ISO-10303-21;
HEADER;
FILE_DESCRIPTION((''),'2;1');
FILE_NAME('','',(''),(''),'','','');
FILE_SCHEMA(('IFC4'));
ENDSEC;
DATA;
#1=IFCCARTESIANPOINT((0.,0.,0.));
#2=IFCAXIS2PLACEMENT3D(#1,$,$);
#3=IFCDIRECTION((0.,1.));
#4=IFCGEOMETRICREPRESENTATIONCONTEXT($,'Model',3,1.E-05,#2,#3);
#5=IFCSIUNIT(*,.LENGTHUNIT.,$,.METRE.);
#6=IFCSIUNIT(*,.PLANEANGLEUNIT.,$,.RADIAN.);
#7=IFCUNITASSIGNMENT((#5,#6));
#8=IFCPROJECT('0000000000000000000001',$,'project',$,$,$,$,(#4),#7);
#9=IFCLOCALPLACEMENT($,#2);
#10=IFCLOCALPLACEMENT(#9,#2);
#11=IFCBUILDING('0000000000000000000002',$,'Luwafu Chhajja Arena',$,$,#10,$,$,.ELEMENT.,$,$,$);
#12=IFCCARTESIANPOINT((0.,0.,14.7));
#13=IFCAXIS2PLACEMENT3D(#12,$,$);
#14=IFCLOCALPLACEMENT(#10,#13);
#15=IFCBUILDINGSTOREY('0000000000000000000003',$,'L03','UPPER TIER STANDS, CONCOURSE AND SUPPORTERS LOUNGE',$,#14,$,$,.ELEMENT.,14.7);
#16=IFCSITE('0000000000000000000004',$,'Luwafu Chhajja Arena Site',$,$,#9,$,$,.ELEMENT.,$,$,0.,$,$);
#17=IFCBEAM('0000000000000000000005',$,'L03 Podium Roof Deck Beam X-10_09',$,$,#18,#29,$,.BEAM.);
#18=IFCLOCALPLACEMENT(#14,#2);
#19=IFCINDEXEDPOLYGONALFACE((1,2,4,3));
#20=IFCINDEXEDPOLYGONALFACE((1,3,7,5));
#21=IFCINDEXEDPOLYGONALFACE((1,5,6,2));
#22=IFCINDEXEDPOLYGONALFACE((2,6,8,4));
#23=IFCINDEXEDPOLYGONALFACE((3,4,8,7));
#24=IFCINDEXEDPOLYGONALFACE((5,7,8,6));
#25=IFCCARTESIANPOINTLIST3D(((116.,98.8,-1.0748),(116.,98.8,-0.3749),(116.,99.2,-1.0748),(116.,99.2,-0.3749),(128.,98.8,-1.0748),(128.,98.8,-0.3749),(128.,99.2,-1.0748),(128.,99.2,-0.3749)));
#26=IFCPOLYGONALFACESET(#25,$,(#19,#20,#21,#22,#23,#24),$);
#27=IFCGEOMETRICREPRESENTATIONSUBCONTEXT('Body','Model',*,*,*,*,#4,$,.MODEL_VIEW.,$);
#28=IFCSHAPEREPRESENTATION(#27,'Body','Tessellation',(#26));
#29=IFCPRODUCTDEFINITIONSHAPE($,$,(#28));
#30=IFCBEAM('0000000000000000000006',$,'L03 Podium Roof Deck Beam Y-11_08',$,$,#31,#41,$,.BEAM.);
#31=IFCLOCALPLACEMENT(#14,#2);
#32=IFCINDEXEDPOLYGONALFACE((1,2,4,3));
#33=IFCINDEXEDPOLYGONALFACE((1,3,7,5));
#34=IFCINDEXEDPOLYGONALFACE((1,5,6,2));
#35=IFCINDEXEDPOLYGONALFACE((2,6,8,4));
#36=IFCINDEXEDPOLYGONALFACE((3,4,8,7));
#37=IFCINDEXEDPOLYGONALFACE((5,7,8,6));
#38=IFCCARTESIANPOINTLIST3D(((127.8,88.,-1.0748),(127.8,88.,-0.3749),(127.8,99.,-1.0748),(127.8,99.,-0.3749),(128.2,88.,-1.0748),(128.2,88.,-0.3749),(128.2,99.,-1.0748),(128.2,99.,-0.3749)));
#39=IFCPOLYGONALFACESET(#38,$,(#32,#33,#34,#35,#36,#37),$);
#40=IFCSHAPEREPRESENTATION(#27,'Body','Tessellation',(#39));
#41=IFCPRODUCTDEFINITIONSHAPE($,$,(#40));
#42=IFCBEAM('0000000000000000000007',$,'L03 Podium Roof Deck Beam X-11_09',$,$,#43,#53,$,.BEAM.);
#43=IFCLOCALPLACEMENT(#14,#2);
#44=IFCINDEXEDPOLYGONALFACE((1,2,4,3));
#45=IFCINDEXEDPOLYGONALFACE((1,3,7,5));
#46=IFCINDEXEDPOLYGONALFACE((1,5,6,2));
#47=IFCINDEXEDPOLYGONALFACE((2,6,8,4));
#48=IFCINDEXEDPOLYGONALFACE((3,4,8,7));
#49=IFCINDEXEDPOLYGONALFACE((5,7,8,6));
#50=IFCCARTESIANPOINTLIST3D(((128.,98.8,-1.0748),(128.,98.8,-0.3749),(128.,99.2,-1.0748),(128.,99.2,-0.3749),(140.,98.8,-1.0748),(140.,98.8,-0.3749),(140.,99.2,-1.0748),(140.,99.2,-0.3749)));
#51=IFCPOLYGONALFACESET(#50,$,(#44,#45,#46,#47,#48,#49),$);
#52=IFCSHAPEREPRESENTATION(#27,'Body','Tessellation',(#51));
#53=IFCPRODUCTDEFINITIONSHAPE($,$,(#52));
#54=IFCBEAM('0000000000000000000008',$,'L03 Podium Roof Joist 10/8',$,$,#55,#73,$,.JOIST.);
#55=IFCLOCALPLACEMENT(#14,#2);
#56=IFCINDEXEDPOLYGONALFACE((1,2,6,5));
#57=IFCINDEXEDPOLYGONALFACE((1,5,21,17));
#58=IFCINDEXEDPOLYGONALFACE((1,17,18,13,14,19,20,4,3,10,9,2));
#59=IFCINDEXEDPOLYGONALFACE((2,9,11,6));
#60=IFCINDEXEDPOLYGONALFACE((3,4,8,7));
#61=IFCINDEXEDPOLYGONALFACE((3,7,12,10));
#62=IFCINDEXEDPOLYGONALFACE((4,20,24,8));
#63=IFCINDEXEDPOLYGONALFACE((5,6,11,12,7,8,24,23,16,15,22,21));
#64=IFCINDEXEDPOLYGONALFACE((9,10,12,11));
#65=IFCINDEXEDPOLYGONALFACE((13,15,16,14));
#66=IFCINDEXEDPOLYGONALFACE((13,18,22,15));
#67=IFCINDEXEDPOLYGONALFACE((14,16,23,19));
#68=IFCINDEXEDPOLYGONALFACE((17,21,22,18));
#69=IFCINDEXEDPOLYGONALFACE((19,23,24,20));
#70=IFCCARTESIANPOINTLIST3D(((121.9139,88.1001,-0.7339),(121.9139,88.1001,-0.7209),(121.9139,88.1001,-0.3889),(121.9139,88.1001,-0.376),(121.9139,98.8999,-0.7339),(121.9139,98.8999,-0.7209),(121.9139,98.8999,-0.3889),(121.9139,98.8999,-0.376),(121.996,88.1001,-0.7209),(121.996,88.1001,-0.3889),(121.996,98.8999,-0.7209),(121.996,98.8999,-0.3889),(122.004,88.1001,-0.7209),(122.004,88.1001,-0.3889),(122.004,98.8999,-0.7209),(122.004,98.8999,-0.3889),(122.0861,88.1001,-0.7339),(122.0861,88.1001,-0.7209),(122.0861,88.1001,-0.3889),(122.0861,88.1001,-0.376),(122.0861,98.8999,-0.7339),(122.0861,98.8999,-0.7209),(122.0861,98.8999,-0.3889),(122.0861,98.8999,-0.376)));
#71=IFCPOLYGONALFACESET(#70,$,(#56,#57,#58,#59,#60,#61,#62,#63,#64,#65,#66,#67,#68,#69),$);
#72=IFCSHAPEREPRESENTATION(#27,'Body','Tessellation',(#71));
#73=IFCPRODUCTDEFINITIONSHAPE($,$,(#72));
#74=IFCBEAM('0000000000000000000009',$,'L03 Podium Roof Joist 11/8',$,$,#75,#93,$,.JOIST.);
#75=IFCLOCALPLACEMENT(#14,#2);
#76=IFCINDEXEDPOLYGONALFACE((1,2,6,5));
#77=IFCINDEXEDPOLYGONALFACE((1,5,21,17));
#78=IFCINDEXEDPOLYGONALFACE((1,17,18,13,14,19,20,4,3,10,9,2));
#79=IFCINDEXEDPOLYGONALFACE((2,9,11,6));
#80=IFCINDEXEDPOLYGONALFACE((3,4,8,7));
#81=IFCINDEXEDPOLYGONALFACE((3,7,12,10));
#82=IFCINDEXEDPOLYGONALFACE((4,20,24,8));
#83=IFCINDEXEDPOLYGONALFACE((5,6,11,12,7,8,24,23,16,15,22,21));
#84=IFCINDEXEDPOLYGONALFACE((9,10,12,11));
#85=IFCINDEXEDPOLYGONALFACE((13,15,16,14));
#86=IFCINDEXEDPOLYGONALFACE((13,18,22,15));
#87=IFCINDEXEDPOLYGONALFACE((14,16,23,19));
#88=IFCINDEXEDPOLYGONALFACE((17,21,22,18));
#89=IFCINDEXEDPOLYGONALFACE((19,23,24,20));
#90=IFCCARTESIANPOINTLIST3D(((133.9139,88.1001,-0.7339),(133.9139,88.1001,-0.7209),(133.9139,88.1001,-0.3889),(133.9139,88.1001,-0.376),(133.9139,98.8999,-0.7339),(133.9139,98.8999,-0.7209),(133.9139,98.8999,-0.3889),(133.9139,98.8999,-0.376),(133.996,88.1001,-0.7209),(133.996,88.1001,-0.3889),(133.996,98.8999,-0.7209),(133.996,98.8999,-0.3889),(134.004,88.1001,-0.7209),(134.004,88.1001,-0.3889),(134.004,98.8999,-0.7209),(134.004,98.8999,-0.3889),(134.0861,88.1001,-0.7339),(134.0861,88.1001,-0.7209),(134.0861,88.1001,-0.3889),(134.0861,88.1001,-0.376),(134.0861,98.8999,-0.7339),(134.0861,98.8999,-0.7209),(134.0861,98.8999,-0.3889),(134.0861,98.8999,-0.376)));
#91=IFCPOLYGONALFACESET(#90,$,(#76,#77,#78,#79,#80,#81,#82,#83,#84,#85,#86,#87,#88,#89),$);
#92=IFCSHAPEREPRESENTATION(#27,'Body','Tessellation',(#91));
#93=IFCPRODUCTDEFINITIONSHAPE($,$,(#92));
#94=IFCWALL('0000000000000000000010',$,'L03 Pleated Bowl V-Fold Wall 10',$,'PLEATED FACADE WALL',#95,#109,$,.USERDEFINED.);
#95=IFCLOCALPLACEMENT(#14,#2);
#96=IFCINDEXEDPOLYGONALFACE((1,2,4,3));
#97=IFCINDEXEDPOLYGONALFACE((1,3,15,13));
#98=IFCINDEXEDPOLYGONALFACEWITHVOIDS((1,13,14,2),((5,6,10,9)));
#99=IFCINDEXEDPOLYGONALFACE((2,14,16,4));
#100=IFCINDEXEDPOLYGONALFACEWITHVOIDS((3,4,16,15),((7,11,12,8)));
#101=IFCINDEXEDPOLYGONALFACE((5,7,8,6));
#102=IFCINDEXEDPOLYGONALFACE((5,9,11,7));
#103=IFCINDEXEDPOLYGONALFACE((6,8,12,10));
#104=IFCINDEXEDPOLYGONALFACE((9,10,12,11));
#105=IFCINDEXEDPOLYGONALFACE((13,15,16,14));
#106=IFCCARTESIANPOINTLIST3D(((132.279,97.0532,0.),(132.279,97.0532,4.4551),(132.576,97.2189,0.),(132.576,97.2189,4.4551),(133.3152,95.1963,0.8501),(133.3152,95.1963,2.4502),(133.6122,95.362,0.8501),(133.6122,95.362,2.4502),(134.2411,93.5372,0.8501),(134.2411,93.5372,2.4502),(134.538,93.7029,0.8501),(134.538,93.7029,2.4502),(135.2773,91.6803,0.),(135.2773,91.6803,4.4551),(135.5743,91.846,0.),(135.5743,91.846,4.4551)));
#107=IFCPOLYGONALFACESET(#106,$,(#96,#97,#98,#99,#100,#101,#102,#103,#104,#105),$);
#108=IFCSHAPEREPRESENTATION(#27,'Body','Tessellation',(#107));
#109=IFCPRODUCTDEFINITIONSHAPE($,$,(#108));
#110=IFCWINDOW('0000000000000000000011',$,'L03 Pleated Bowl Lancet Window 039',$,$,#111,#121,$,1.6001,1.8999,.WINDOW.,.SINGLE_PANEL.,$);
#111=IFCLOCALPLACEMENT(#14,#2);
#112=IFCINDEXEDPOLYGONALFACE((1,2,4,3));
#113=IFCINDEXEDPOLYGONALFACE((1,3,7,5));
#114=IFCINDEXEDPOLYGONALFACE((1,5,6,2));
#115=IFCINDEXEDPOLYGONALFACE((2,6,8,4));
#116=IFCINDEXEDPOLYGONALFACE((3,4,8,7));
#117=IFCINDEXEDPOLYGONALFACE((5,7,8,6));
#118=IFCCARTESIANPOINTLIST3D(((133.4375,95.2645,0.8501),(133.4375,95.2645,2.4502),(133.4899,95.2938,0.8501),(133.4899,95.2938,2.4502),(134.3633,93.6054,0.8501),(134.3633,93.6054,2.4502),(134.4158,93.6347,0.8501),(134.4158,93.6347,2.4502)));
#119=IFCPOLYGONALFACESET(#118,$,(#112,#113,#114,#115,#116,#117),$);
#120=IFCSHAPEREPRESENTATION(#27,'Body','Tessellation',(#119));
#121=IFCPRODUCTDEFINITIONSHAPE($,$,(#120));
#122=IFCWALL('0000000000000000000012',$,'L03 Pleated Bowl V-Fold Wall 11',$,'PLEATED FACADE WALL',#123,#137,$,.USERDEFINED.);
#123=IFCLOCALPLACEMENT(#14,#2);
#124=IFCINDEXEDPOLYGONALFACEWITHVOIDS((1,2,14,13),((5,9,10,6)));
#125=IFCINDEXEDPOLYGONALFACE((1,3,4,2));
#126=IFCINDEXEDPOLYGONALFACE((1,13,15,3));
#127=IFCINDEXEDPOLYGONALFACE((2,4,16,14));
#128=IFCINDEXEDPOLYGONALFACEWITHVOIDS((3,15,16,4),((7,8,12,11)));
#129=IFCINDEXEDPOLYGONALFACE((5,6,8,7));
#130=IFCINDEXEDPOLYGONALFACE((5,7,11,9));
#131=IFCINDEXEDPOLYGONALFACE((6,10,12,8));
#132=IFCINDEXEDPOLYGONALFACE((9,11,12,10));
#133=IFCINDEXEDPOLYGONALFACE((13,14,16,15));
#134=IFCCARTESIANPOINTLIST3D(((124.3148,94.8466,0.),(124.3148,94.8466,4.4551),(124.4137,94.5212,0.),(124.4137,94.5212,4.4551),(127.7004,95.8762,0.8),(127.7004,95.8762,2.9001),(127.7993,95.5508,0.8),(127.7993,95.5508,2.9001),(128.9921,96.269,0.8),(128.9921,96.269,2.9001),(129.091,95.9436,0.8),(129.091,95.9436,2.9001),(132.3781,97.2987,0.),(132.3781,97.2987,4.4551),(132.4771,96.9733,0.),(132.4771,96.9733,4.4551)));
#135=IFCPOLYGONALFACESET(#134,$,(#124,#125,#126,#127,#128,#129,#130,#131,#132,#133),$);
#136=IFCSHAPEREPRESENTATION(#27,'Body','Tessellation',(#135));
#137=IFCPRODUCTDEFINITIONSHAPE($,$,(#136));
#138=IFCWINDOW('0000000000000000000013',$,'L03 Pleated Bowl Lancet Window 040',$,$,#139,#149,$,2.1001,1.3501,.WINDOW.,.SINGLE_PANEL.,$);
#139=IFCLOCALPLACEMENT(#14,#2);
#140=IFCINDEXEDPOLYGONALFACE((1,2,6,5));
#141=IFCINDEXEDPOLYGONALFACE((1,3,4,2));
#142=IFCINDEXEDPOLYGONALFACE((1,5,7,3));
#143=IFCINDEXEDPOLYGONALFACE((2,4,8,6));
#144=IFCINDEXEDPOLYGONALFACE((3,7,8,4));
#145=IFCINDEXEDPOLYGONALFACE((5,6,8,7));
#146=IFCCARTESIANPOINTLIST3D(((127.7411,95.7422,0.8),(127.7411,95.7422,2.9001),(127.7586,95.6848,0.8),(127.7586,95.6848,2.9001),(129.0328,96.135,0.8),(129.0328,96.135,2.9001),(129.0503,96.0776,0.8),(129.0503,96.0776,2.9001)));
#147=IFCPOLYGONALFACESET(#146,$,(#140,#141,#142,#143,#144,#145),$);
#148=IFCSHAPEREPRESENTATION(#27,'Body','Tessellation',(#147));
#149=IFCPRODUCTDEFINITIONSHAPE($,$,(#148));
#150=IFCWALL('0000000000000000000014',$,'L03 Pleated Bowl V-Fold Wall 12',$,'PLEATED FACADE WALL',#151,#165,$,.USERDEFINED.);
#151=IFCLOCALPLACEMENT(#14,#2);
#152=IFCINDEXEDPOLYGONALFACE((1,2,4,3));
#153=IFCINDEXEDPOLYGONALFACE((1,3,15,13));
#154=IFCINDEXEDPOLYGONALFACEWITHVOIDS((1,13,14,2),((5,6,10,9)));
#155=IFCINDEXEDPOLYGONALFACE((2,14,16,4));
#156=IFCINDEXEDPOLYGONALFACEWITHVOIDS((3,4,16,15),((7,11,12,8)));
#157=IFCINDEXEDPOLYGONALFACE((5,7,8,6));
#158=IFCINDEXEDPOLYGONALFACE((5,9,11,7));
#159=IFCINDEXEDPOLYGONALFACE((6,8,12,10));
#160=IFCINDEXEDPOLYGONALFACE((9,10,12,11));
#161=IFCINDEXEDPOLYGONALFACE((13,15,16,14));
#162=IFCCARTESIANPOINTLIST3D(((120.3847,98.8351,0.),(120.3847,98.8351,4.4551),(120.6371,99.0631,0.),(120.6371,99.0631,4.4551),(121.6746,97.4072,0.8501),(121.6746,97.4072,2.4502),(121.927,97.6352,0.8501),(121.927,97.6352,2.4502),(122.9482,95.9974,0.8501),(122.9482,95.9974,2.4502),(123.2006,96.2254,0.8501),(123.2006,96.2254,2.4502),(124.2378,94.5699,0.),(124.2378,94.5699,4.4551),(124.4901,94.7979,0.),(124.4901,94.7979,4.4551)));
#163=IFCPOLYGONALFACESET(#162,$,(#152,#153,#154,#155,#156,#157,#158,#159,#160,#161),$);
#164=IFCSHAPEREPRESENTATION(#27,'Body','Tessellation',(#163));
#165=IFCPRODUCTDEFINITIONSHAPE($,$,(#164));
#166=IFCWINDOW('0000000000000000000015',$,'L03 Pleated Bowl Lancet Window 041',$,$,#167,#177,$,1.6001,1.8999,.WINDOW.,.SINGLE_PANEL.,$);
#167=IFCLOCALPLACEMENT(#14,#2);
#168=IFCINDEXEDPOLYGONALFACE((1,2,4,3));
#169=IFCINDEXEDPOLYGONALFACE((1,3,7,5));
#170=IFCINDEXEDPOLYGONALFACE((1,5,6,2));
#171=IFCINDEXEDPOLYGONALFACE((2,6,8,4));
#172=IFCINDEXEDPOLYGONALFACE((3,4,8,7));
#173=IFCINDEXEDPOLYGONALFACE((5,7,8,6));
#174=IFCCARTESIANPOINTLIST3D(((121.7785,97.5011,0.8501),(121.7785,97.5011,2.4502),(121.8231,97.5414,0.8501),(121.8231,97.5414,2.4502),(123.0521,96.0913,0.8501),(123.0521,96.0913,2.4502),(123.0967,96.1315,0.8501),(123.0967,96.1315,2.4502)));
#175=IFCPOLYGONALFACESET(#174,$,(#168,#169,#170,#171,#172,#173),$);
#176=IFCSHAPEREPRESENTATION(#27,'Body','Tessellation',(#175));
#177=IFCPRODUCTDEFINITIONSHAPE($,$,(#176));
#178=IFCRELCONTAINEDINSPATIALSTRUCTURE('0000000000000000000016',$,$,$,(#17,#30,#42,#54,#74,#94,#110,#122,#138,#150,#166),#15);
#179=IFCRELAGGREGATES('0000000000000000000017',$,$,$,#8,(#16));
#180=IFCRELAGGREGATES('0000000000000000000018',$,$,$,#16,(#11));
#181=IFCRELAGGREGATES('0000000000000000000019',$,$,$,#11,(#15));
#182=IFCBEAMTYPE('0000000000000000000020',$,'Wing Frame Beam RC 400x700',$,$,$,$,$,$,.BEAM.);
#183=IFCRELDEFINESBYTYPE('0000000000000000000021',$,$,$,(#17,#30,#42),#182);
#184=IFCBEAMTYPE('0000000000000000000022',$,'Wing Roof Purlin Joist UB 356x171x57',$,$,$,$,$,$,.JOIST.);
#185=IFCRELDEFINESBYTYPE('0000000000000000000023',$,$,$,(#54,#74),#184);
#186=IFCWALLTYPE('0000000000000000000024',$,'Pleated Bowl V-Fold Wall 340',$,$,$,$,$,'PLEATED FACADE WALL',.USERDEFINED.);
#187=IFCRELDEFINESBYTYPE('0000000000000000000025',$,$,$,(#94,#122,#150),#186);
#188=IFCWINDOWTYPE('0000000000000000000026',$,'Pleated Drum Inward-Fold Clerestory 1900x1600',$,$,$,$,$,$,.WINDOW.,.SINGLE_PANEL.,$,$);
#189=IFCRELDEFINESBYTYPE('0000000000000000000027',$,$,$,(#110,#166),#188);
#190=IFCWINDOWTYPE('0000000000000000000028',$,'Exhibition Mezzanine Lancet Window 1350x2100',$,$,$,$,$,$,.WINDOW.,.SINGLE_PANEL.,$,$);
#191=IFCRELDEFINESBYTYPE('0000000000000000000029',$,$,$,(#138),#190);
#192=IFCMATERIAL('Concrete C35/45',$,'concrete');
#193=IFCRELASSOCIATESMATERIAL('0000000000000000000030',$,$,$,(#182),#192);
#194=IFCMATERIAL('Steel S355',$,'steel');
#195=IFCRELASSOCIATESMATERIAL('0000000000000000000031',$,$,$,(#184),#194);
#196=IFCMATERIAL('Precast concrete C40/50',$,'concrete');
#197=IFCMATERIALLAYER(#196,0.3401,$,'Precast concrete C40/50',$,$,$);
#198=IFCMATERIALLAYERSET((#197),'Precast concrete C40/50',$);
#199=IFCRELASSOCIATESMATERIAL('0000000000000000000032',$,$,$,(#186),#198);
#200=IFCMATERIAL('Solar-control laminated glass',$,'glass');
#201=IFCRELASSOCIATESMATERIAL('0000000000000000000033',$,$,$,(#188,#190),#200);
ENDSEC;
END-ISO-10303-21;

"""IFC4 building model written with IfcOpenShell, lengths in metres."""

from ifc_helpers import new_model, si_unit, direction, frame, frame_2d, origin, origin_2d, place, context, subcontext, project, spatial, rectangle, i_section, extrude, material, layer, layer_set, material_profile, profile_set, type_object, element, fill, save


model = new_model("IFC4")

# Units and contexts
model_context = context("Model", 3, precision=1e-05, world=origin(), true_north=direction((0.0, 1.0)))
body_context = subcontext(model_context, "Body", "Model", "MODEL_VIEW")
ifc_project = project(units=[si_unit("LENGTHUNIT", "METRE"), si_unit("PLANEANGLEUNIT", "RADIAN")], contexts=[model_context])

# Site, building, storey
site_placement = place(None, origin())
site = spatial("IfcSite", under=ifc_project, at=site_placement, Name="Luwafu Chhajja Arena Site", CompositionType="ELEMENT", RefElevation=0.0)
building_placement = place(site_placement, origin())
building = spatial("IfcBuilding", under=site, at=building_placement, Name="Luwafu Chhajja Arena", CompositionType="ELEMENT")
storey_placement = place(building_placement, frame((0.0, 0.0, 14.7)))
storey = spatial("IfcBuildingStorey", under=building, at=storey_placement, Name="L03", Description="UPPER TIER STANDS, CONCOURSE AND SUPPORTERS LOUNGE", CompositionType="ELEMENT", Elevation=14.7)

# Shared definitions
ifc_material_1 = material(Name="Steel S355", Category="steel")

# Beams
ifc_material_2 = material(Name="Concrete C35/45", Category="concrete")
ifc_material_profile_1 = material_profile(ifc_material_2, rectangle(XDim=0.3999, YDim=0.7, at=origin_2d()), Name="RC 400x700")
ifc_profile_set_1 = profile_set([ifc_material_profile_1], Name="Concrete C35/45")
beam_type_1 = type_object("IfcBeamType", Name="Wing Frame Beam RC 400x700", PredefinedType="BEAM", material=ifc_profile_set_1)
beam_1_placement = place(storey_placement, frame((116.0, 99.0, -0.7249), z_axis=(1.0, 0.0, 0.0), x_axis=(0.0, 1.0, 0.0)))
element("IfcBeam", 1, at=beam_1_placement, inside=storey, type_object=beam_type_1, Name="L03 Podium Roof Deck Beam X-10_09", PredefinedType="BEAM", context=body_context, shape_type="SweptSolid", body=[
    extrude(rectangle(XDim=0.3999, YDim=0.7, at=origin_2d()), origin(), (0.0, 0.0, 1.0), 12.0),
])
beam_2_placement = place(storey_placement, frame((128.0, 88.0, -0.7249), z_axis=(0.0, 1.0, 0.0), x_axis=(-1.0, 0.0, 0.0)))
element("IfcBeam", 2, at=beam_2_placement, inside=storey, type_object=beam_type_1, Name="L03 Podium Roof Deck Beam Y-11_08", PredefinedType="BEAM", context=body_context, shape_type="SweptSolid", body=[
    extrude(rectangle(XDim=0.3999, YDim=0.7, at=origin_2d()), origin(), (0.0, 0.0, 1.0), 11.0),
])
beam_3_placement = place(storey_placement, frame((128.0, 99.0, -0.7249), z_axis=(1.0, 0.0, 0.0), x_axis=(0.0, 1.0, 0.0)))
element("IfcBeam", 3, at=beam_3_placement, inside=storey, type_object=beam_type_1, Name="L03 Podium Roof Deck Beam X-11_09", PredefinedType="BEAM", context=body_context, shape_type="SweptSolid", body=[
    extrude(rectangle(XDim=0.3999, YDim=0.7, at=origin_2d()), origin(), (0.0, 0.0, 1.0), 12.0),
])
ifc_material_profile_2 = material_profile(ifc_material_1, i_section(OverallWidth=0.1721, OverallDepth=0.3579, WebThickness=0.0081, FlangeThickness=0.0129, at=origin_2d()), Name="UB 356x171x57")
ifc_profile_set_2 = profile_set([ifc_material_profile_2], Name="Steel S355")
beam_type_2 = type_object("IfcBeamType", Name="Wing Roof Purlin Joist UB 356x171x57", PredefinedType="JOIST", material=ifc_profile_set_2)
for number, where, z_axis, x_axis, name in (
    (4, (122.0, 88.1001, -0.5549), (0.0, 1.0, 0.0), (-1.0, 0.0, 0.0), "L03 Podium Roof Joist 10/8"),
    (5, (134.0, 88.1001, -0.5549), (0.0, 1.0, 0.0), (-1.0, 0.0, 0.0), "L03 Podium Roof Joist 11/8"),
):
    element("IfcBeam", number, at=place(storey_placement, frame(where, z_axis=z_axis, x_axis=x_axis)), inside=storey, type_object=beam_type_2, Name=name, PredefinedType="JOIST", context=body_context, shape_type="SweptSolid", body=[
        extrude(i_section(OverallWidth=0.1721, OverallDepth=0.3579, WebThickness=0.0081, FlangeThickness=0.0129, at=origin_2d()), origin(), (0.0, 0.0, 1.0), 10.7998),
    ])

# Walls, openings, windows
ifc_material_3 = material(Name="Precast concrete C40/50", Category="concrete")
ifc_layer_1 = layer(ifc_material_3, 0.3401, Name="Precast concrete C40/50")
ifc_layer_set_1 = layer_set([ifc_layer_1], Name="Precast concrete C40/50")
wall_type = type_object("IfcWallType", Name="Pleated Bowl V-Fold Wall 340", ElementType="PLEATED FACADE WALL", PredefinedType="USERDEFINED", material=ifc_layer_set_1)
wall_1_placement = place(storey_placement, frame((135.4258, 91.7632, 0.0), z_axis=(0.0, 0.0, 1.0), x_axis=(-0.487306, 0.873231, 0.0)))
wall_1 = element("IfcWall", 6, at=wall_1_placement, inside=storey, type_object=wall_type, Name="L03 Pleated Bowl V-Fold Wall 10", ObjectType="PLEATED FACADE WALL", PredefinedType="USERDEFINED", context=body_context, shape_type="SweptSolid", body=[
    extrude(rectangle(XDim=6.1528, YDim=0.3401, at=frame_2d((3.0764, 0.0))), origin(), (0.0, 0.0, 1.0), 4.4551),
])
opening_1_placement = place(wall_1_placement, frame((2.1265, 0.0, 0.8501)))
opening_1 = element("IfcOpeningElement", 7, at=opening_1_placement, cuts=wall_1, PredefinedType="OPENING", context=body_context, shape_type="SweptSolid", body=[
    extrude(rectangle(XDim=1.8999, YDim=1.6001, at=frame_2d((0.95, 0.8))), frame((0.0, 0.1799, 0.0), z_axis=(0.0, -1.0, 0.0), x_axis=(1.0, 0.0, 0.0)), (0.0, 0.0, 1.0), 0.3601),
])
ifc_material_4 = material(Name="Solar-control laminated glass", Category="glass")
window_type_1 = type_object("IfcWindowType", Name="Pleated Drum Inward-Fold Clerestory 1900x1600", PartitioningType="SINGLE_PANEL", PredefinedType="WINDOW", material=ifc_material_4)
window_1_placement = place(opening_1_placement, origin())
window_1 = element("IfcWindow", 8, at=window_1_placement, inside=storey, type_object=window_type_1, Name="L03 Pleated Bowl Lancet Window 039", OverallHeight=1.6001, OverallWidth=1.8999, PartitioningType="SINGLE_PANEL", PredefinedType="WINDOW", context=body_context, shape_type="SweptSolid", body=[
    extrude(rectangle(XDim=1.8999, YDim=1.6001, at=frame_2d((0.95, 0.8))), frame((0.0, 0.03, 0.0), z_axis=(0.0, -1.0, 0.0), x_axis=(1.0, 0.0, 0.0)), (0.0, 0.0, 1.0), 0.0601),
])
fill(opening_1, window_1)
wall_2_placement = place(storey_placement, frame((132.4275, 97.136, 0.0), z_axis=(0.0, 0.0, 1.0), x_axis=(-0.956738, -0.29095, 0.0)))
wall_2 = element("IfcWall", 9, at=wall_2_placement, inside=storey, type_object=wall_type, Name="L03 Pleated Bowl V-Fold Wall 11", ObjectType="PLEATED FACADE WALL", PredefinedType="USERDEFINED", context=body_context, shape_type="SweptSolid", body=[
    extrude(rectangle(XDim=8.428, YDim=0.3401, at=frame_2d((4.2139, 0.0))), origin(), (0.0, 0.0, 1.0), 4.4551),
])
opening_2_placement = place(wall_2_placement, frame((3.5391, 0.0, 0.8)))
opening_2 = element("IfcOpeningElement", 10, at=opening_2_placement, cuts=wall_2, PredefinedType="OPENING", context=body_context, shape_type="SweptSolid", body=[
    extrude(rectangle(XDim=1.3501, YDim=2.1001, at=frame_2d((0.675, 1.05))), frame((0.0, 0.1799, 0.0), z_axis=(0.0, -1.0, 0.0), x_axis=(1.0, 0.0, 0.0)), (0.0, 0.0, 1.0), 0.3601),
])
window_type_2 = type_object("IfcWindowType", Name="Exhibition Mezzanine Lancet Window 1350x2100", PartitioningType="SINGLE_PANEL", PredefinedType="WINDOW", material=ifc_material_4)
window_2_placement = place(opening_2_placement, origin())
window_2 = element("IfcWindow", 11, at=window_2_placement, inside=storey, type_object=window_type_2, Name="L03 Pleated Bowl Lancet Window 040", OverallHeight=2.1001, OverallWidth=1.3501, PartitioningType="SINGLE_PANEL", PredefinedType="WINDOW", context=body_context, shape_type="SweptSolid", body=[
    extrude(rectangle(XDim=1.3501, YDim=2.1001, at=frame_2d((0.675, 1.05))), frame((0.0, 0.03, 0.0), z_axis=(0.0, -1.0, 0.0), x_axis=(1.0, 0.0, 0.0)), (0.0, 0.0, 1.0), 0.0601),
])
fill(opening_2, window_2)
wall_3_placement = place(storey_placement, frame((124.364, 94.6838, 0.0), z_axis=(0.0, 0.0, 1.0), x_axis=(-0.670348, 0.742047, 0.0)))
wall_3 = element("IfcWall", 12, at=wall_3_placement, inside=storey, type_object=wall_type, Name="L03 Pleated Bowl V-Fold Wall 12", ObjectType="PLEATED FACADE WALL", PredefinedType="USERDEFINED", context=body_context, shape_type="SweptSolid", body=[
    extrude(rectangle(XDim=5.7478, YDim=0.3401, at=frame_2d((2.874, 0.0))), origin(), (0.0, 0.0, 1.0), 4.4551),
])
opening_3_placement = place(wall_3_placement, frame((1.9238, 0.0, 0.8501)))
opening_3 = element("IfcOpeningElement", 13, at=opening_3_placement, cuts=wall_3, PredefinedType="OPENING", context=body_context, shape_type="SweptSolid", body=[
    extrude(rectangle(XDim=1.8999, YDim=1.6001, at=frame_2d((0.95, 0.8))), frame((0.0, 0.1799, 0.0), z_axis=(0.0, -1.0, 0.0), x_axis=(1.0, 0.0, 0.0)), (0.0, 0.0, 1.0), 0.3601),
])
window_3_placement = place(opening_3_placement, origin())
window_3 = element("IfcWindow", 14, at=window_3_placement, inside=storey, type_object=window_type_1, Name="L03 Pleated Bowl Lancet Window 041", OverallHeight=1.6001, OverallWidth=1.8999, PartitioningType="SINGLE_PANEL", PredefinedType="WINDOW", context=body_context, shape_type="SweptSolid", body=[
    extrude(rectangle(XDim=1.8999, YDim=1.6001, at=frame_2d((0.95, 0.8))), frame((0.0, 0.03, 0.0), z_axis=(0.0, -1.0, 0.0), x_axis=(1.0, 0.0, 0.0)), (0.0, 0.0, 1.0), 0.0601),
])
fill(opening_3, window_3)

save(model, "model.ifc")
